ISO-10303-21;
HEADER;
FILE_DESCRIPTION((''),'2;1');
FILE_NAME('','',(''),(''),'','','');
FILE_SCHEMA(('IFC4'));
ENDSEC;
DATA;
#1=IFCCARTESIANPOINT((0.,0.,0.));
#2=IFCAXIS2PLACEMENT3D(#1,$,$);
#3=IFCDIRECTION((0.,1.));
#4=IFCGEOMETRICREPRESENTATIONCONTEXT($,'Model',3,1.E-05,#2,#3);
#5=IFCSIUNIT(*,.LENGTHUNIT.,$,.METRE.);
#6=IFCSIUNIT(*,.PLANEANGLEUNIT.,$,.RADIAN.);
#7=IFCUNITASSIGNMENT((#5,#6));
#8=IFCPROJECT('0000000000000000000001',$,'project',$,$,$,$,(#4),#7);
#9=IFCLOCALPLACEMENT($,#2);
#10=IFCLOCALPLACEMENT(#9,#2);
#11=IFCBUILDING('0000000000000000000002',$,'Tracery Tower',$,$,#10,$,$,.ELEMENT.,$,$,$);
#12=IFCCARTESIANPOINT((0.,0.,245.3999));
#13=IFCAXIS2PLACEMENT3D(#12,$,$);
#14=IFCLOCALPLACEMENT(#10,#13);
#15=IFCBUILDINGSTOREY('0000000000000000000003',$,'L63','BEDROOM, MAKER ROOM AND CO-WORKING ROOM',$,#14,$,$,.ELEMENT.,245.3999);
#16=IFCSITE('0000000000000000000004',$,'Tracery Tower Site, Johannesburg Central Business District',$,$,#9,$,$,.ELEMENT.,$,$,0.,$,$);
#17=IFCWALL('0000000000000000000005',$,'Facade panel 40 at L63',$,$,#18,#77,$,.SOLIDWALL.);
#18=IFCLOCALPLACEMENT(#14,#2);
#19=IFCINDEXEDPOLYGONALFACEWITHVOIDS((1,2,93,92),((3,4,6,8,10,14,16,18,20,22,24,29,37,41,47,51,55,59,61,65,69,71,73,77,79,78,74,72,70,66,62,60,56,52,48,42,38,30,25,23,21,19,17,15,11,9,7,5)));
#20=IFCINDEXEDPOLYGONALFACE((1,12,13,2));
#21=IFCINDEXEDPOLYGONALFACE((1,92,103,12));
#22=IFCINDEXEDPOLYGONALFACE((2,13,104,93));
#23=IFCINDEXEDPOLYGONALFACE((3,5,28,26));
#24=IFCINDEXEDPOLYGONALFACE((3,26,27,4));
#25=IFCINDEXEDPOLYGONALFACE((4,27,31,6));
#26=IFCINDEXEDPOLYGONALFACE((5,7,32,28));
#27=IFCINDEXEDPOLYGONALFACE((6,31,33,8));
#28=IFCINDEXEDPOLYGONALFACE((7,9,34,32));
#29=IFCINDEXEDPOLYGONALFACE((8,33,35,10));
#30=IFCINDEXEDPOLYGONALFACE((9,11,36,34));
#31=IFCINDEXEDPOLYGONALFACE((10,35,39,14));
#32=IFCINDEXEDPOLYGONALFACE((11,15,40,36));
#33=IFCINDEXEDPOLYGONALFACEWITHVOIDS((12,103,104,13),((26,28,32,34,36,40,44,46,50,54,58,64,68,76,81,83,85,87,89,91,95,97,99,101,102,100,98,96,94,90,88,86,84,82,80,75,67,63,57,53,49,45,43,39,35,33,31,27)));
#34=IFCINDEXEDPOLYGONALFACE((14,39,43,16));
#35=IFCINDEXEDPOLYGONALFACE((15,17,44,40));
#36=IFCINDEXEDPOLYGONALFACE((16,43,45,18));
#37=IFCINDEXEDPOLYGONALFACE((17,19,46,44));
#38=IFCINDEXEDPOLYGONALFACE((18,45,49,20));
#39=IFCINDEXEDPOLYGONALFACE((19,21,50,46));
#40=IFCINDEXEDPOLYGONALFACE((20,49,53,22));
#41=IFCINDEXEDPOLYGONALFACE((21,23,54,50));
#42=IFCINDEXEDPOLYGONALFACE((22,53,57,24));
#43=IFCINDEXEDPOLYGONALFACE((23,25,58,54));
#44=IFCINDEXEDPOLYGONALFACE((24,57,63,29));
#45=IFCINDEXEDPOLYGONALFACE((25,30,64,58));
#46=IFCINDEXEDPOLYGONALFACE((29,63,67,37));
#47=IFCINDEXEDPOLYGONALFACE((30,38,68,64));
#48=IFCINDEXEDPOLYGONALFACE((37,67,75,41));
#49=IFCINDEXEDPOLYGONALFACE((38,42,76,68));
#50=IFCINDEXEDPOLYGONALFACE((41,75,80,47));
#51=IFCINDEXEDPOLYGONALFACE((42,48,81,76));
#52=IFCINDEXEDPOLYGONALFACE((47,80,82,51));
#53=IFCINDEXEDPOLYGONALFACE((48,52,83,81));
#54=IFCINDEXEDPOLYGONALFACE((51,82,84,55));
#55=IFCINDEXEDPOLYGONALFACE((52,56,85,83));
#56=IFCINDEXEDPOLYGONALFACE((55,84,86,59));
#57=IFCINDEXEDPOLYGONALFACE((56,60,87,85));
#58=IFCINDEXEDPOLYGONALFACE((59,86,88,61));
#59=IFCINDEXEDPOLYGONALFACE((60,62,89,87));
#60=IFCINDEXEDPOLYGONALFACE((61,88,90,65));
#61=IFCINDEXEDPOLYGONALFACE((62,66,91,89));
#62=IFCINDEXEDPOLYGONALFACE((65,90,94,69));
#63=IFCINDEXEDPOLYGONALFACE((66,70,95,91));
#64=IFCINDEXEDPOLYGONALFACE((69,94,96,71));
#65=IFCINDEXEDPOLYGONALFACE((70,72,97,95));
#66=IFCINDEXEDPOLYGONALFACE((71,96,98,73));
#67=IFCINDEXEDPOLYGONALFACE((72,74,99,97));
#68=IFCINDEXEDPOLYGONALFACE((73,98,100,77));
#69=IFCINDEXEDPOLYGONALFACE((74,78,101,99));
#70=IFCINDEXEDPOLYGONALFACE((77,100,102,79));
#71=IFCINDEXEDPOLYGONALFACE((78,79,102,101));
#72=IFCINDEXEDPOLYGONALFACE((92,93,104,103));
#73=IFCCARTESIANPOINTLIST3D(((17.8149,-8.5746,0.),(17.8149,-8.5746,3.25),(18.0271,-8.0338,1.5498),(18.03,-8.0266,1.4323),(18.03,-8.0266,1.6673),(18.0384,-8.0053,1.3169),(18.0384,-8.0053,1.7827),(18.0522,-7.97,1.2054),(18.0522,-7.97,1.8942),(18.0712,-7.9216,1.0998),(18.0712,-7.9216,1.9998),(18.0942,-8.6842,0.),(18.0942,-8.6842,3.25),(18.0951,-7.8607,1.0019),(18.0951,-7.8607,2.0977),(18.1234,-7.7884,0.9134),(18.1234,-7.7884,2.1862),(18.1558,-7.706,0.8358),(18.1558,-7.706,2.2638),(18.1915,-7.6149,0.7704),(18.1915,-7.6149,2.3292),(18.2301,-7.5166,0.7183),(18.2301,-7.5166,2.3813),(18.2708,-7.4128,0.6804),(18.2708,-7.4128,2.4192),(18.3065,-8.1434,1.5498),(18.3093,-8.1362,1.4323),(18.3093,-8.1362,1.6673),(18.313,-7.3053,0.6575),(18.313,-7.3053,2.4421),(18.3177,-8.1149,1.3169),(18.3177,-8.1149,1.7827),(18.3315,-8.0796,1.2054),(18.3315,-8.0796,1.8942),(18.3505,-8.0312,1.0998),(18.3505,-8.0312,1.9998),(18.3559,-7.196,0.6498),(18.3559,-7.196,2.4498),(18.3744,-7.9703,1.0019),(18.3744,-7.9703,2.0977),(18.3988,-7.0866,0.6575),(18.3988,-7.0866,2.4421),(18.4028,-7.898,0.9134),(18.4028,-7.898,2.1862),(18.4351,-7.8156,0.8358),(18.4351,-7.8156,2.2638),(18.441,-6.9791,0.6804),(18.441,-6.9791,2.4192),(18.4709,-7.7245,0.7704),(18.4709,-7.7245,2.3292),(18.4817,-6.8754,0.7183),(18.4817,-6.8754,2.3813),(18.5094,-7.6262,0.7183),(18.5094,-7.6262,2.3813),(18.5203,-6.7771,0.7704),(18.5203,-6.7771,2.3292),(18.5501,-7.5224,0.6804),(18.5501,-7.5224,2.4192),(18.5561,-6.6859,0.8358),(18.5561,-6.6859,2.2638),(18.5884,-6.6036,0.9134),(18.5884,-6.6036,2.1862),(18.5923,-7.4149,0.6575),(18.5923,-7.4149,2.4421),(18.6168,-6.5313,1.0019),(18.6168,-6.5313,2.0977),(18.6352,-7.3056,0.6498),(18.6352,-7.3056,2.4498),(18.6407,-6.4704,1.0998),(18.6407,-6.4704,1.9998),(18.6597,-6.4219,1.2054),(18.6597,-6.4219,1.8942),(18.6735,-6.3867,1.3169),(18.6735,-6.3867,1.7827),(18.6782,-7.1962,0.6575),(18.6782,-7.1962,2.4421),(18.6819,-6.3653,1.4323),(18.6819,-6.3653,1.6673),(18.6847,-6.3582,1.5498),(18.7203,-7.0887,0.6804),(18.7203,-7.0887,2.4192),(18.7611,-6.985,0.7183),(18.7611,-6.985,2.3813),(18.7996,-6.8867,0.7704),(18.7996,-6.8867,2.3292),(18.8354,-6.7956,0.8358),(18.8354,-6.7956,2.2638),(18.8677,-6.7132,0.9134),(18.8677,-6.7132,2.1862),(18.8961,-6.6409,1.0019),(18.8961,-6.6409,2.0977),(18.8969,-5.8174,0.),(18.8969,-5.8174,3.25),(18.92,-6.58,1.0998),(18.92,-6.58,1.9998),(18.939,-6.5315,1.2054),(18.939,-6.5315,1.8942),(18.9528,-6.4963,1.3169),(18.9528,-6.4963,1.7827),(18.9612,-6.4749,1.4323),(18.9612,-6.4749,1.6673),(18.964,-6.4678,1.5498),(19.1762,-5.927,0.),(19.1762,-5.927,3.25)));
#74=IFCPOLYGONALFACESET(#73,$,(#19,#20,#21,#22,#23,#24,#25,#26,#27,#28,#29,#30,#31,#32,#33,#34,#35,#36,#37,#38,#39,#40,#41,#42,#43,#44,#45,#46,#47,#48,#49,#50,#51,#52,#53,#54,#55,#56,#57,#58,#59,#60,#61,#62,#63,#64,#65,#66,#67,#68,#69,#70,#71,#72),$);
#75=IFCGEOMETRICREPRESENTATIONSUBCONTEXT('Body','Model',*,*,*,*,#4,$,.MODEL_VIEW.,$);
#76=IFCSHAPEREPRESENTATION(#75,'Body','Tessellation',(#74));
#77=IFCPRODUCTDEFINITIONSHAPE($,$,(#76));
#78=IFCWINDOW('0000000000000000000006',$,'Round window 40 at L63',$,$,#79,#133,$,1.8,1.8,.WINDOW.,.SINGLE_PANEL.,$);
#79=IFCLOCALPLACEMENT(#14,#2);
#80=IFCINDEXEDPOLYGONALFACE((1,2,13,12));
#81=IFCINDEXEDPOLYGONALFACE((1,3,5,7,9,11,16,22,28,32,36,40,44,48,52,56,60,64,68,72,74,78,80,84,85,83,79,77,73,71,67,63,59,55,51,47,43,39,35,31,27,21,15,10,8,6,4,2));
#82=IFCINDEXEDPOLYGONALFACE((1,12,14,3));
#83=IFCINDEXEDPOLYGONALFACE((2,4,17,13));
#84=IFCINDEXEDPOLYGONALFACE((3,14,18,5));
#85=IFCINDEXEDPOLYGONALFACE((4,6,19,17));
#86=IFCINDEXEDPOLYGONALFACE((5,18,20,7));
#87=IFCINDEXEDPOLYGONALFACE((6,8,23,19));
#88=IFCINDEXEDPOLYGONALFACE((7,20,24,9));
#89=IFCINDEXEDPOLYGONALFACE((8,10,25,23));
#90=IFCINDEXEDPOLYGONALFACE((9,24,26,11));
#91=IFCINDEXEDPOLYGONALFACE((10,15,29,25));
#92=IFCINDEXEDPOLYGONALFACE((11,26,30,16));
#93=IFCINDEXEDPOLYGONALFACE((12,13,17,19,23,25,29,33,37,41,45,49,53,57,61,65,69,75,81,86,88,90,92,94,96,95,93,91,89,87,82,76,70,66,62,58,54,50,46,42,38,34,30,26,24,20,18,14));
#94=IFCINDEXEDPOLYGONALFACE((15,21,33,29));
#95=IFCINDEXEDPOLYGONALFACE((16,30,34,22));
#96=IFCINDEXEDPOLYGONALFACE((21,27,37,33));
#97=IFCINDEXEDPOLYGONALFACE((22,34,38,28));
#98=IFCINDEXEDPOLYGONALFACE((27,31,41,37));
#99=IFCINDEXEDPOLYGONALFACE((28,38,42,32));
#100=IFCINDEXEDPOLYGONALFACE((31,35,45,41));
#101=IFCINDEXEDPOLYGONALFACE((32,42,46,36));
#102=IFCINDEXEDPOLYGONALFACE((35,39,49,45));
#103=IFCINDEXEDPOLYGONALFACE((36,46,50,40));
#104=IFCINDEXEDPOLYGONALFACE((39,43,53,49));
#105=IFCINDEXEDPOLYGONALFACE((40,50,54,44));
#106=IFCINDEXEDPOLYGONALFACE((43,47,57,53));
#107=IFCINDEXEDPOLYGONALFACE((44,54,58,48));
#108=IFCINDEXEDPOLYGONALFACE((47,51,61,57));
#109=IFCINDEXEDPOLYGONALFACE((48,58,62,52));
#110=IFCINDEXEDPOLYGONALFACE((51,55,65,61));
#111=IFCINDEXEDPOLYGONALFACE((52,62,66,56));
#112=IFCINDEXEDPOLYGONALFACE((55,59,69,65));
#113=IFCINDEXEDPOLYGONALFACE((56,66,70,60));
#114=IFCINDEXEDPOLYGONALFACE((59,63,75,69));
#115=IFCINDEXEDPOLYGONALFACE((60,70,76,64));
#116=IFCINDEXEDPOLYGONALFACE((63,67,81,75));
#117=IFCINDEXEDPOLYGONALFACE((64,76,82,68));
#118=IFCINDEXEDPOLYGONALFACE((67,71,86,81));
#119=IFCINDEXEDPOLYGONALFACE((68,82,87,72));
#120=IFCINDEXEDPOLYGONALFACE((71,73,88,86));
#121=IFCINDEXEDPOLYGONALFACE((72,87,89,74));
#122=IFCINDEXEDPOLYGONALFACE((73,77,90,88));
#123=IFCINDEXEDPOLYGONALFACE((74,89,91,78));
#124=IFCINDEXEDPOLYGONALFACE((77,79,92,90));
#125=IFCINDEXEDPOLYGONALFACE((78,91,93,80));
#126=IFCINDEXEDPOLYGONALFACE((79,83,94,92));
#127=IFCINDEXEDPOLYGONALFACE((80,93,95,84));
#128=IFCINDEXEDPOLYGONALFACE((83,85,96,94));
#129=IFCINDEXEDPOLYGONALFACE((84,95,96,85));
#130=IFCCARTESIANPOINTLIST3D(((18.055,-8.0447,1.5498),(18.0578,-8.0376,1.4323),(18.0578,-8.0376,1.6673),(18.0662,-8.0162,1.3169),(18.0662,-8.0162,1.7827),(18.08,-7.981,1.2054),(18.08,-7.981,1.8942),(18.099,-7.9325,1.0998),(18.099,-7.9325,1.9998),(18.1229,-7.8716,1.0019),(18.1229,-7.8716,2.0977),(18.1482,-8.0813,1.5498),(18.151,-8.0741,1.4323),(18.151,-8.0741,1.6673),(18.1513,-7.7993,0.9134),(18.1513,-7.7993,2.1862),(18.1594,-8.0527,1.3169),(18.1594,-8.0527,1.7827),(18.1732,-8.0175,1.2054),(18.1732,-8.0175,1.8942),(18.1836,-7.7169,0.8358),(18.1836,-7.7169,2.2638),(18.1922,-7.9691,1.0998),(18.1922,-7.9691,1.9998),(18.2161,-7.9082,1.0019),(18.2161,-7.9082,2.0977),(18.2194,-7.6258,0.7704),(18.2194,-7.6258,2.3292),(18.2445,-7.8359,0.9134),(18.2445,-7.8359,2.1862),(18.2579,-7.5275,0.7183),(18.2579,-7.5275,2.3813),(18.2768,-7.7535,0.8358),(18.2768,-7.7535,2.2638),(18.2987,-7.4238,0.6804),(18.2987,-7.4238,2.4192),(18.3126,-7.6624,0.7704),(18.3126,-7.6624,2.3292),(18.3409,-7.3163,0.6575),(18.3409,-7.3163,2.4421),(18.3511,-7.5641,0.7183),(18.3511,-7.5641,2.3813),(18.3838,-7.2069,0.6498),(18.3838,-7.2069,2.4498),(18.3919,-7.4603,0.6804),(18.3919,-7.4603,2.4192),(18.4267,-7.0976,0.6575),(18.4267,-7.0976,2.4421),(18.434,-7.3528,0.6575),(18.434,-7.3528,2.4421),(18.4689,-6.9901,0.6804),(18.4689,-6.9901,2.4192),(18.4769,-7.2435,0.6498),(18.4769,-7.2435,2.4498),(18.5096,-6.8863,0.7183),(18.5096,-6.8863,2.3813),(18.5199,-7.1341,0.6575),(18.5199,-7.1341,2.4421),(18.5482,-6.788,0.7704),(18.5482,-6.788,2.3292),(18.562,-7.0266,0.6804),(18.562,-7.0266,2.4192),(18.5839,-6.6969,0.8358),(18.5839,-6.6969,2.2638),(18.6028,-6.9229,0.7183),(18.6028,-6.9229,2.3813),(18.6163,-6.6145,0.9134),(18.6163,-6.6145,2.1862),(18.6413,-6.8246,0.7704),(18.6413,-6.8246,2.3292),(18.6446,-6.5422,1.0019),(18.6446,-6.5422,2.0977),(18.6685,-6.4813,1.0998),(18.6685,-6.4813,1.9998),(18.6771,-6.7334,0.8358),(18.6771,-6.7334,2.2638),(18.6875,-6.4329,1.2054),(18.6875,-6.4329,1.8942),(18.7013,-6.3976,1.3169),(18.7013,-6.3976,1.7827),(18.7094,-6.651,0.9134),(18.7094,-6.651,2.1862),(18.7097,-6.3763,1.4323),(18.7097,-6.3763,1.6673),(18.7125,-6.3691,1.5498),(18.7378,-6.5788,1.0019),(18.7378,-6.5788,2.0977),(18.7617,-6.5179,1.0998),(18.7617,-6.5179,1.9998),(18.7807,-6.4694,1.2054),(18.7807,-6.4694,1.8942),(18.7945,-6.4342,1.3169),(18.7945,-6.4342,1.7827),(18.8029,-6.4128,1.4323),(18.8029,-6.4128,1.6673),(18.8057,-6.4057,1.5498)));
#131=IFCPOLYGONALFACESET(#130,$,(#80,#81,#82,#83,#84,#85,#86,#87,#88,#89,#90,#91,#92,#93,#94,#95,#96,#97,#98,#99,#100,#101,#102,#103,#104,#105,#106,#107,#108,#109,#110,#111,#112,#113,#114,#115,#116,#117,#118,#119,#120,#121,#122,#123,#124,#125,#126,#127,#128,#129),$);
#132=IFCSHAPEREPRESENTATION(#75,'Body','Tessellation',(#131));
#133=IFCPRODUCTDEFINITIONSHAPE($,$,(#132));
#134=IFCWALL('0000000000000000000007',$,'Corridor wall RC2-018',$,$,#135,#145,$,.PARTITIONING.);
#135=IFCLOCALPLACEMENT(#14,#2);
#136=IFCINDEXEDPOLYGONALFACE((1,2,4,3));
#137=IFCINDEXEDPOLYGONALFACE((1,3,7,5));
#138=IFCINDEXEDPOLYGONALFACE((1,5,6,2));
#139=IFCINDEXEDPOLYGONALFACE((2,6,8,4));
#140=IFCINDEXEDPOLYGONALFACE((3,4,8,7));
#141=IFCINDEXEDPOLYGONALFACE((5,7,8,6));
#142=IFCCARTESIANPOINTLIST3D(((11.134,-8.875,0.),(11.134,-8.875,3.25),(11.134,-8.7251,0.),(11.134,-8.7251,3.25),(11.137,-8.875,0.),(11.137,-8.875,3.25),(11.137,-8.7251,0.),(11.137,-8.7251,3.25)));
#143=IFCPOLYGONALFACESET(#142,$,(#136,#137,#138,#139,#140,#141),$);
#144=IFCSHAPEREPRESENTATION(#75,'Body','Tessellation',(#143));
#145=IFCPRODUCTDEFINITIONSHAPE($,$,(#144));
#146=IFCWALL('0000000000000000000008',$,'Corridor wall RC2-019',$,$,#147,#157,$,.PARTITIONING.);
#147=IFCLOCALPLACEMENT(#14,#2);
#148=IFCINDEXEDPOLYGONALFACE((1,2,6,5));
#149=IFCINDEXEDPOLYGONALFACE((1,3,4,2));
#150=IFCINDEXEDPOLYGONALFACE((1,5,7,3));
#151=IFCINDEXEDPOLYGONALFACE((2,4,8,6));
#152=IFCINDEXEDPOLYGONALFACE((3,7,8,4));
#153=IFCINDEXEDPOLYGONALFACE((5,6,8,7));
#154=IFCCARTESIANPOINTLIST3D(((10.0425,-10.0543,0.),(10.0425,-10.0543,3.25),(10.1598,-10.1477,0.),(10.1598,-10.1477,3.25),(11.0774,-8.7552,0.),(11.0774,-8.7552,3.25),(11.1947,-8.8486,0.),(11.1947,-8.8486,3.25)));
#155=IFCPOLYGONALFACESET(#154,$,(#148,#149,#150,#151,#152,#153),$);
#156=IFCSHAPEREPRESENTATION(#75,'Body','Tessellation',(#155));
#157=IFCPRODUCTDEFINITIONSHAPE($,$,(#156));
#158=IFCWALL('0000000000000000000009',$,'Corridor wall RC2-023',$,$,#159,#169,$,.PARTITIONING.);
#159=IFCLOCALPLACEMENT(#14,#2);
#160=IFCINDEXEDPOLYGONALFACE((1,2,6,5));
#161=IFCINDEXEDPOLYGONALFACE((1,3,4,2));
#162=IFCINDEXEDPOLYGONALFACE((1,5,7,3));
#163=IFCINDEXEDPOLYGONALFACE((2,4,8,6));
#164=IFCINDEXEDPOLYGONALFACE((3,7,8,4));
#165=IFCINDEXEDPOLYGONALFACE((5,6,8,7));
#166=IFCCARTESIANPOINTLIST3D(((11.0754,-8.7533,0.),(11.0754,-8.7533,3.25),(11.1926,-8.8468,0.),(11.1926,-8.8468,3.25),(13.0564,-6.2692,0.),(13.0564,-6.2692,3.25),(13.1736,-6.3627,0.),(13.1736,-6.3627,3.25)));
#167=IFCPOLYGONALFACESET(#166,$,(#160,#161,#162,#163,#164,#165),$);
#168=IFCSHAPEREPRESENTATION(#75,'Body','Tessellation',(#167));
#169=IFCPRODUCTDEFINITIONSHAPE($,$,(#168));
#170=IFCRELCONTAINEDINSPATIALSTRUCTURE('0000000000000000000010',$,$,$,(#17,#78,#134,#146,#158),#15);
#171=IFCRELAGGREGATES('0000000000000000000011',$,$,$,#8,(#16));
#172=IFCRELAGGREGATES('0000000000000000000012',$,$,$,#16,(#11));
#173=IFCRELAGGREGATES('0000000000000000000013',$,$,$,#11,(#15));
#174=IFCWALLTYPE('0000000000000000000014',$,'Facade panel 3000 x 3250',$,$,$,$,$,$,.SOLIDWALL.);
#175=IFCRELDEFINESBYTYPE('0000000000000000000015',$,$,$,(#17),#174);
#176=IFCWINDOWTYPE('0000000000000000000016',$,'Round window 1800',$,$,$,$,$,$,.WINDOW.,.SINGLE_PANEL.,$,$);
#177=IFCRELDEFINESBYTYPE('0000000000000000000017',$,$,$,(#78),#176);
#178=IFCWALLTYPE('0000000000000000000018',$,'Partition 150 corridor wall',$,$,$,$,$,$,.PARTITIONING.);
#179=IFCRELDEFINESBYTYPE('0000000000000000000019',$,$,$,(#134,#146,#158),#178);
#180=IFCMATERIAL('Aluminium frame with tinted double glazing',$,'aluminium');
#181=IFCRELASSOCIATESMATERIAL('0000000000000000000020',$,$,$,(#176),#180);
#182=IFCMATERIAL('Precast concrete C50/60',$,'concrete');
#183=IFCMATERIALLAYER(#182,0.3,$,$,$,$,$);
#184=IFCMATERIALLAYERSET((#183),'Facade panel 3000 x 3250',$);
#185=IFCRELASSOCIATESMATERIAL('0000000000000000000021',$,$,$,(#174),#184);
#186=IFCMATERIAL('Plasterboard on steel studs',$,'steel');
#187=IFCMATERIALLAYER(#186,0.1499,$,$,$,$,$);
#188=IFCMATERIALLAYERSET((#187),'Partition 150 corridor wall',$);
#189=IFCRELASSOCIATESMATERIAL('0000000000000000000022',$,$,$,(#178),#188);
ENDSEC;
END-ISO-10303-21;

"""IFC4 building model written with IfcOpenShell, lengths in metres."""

from ifc_helpers import new_model, si_unit, direction, frame, frame_2d, origin, origin_2d, place, context, subcontext, project, spatial, rectangle, circle, extrude, material, layer, layer_set, type_object, element, fill, save


model = new_model("IFC4")

# Units and contexts
model_context = context("Model", 3, precision=1e-05, world=origin(), true_north=direction((0.0, 1.0)))
body_context = subcontext(model_context, "Body", "Model", "MODEL_VIEW")
ifc_project = project(units=[si_unit("LENGTHUNIT", "METRE"), si_unit("PLANEANGLEUNIT", "RADIAN")], contexts=[model_context])

# Site, building, storey
site_placement = place(None, origin())
site = spatial("IfcSite", under=ifc_project, at=site_placement, Name="Tracery Tower Site, Johannesburg Central Business District", CompositionType="ELEMENT", RefElevation=0.0)
building_placement = place(site_placement, origin())
building = spatial("IfcBuilding", under=site, at=building_placement, Name="Tracery Tower", CompositionType="ELEMENT")
storey_placement = place(building_placement, frame((0.0, 0.0, 245.3999)))
storey = spatial("IfcBuildingStorey", under=building, at=storey_placement, Name="L63", Description="BEDROOM, MAKER ROOM AND CO-WORKING ROOM", CompositionType="ELEMENT", Elevation=245.3999)

# Wall, opening, window
ifc_material_1 = material(Name="Aluminium frame with tinted double glazing", Category="aluminium")
window_type = type_object("IfcWindowType", Name="Round window 1800", PartitioningType="SINGLE_PANEL", PredefinedType="WINDOW", material=ifc_material_1)
ifc_material_2 = material(Name="Precast concrete C50/60", Category="concrete")
ifc_layer_1 = layer(ifc_material_2, 0.3)
ifc_layer_set_1 = layer_set([ifc_layer_1], Name="Facade panel 3000 x 3250")
wall_type_1 = type_object("IfcWallType", Name="Facade panel 3000 x 3250", PredefinedType="SOLIDWALL", material=ifc_layer_set_1)
wall_1_placement = place(storey_placement, frame((17.9546, -8.6294, 0.0), z_axis=(0.0, 0.0, 1.0), x_axis=(0.3653, 0.93089, 0.0)))
wall_1 = element("IfcWall", 1, at=wall_1_placement, inside=storey, type_object=wall_type_1, Name="Facade panel 40 at L63", PredefinedType="SOLIDWALL", context=body_context, shape_type="SweptSolid", body=[
    extrude(rectangle(XDim=2.9619, YDim=0.3, at=frame_2d((1.481, 0.0))), origin(), (0.0, 0.0, 1.0), 3.25),
])
opening_1_placement = place(wall_1_placement, frame((1.481, 0.0, 1.5498)))
opening_1 = element("IfcOpeningElement", 2, at=opening_1_placement, cuts=wall_1, PredefinedType="OPENING", context=body_context, shape_type="SweptSolid", body=[
    extrude(circle(Radius=0.9, at=origin_2d()), frame((0.0, 0.1599, 0.0), z_axis=(0.0, -1.0, 0.0), x_axis=(1.0, 0.0, 0.0)), (0.0, 0.0, 1.0), 0.3201),
])
window_1_placement = place(opening_1_placement, origin())
window_1 = element("IfcWindow", 3, at=window_1_placement, inside=storey, type_object=window_type, Name="Round window 40 at L63", OverallHeight=1.8, OverallWidth=1.8, PartitioningType="SINGLE_PANEL", PredefinedType="WINDOW", context=body_context, shape_type="SweptSolid", body=[
    extrude(circle(Radius=0.9, at=origin_2d()), frame((0.0, 0.1201, 0.0), z_axis=(0.0, -1.0, 0.0), x_axis=(1.0, 0.0, 0.0)), (0.0, 0.0, 1.0), 0.1001),
])
fill(opening_1, window_1)

# Walls
ifc_material_3 = material(Name="Plasterboard on steel studs", Category="steel")
ifc_layer_2 = layer(ifc_material_3, 0.1499)
ifc_layer_set_2 = layer_set([ifc_layer_2], Name="Partition 150 corridor wall")
wall_type_2 = type_object("IfcWallType", Name="Partition 150 corridor wall", PredefinedType="PARTITIONING", material=ifc_layer_set_2)
wall_2_placement = place(storey_placement, frame((11.137, -8.8, 0.0), z_axis=(0.0, 0.0, 1.0), x_axis=(-1.0, 0.0, 0.0)))
element("IfcWall", 4, at=wall_2_placement, inside=storey, type_object=wall_type_2, Name="Corridor wall RC2-018", PredefinedType="PARTITIONING", context=body_context, shape_type="SweptSolid", body=[
    extrude(rectangle(XDim=0.0029, YDim=0.1499, at=frame_2d((0.0015, 0.0))), origin(), (0.0, 0.0, 1.0), 3.25),
])
wall_3_placement = place(storey_placement, frame((10.1011, -10.1011, 0.0), z_axis=(0.0, 0.0, 1.0), x_axis=(0.623098, 0.782143, 0.0)))
element("IfcWall", 5, at=wall_3_placement, inside=storey, type_object=wall_type_2, Name="Corridor wall RC2-019", PredefinedType="PARTITIONING", context=body_context, shape_type="SweptSolid", body=[
    extrude(rectangle(XDim=1.6609, YDim=0.1499, at=frame_2d((0.8306, 0.0))), origin(), (0.0, 0.0, 1.0), 3.25),
])
wall_4_placement = place(storey_placement, frame((11.134, -8.8, 0.0), z_axis=(0.0, 0.0, 1.0), x_axis=(0.623476, 0.781842, 0.0)))
element("IfcWall", 6, at=wall_4_placement, inside=storey, type_object=wall_type_2, Name="Corridor wall RC2-023", PredefinedType="PARTITIONING", context=body_context, shape_type="SweptSolid", body=[
    extrude(rectangle(XDim=3.1772, YDim=0.1499, at=frame_2d((1.5886, 0.0))), origin(), (0.0, 0.0, 1.0), 3.25),
])

save(model, "model.ifc")
